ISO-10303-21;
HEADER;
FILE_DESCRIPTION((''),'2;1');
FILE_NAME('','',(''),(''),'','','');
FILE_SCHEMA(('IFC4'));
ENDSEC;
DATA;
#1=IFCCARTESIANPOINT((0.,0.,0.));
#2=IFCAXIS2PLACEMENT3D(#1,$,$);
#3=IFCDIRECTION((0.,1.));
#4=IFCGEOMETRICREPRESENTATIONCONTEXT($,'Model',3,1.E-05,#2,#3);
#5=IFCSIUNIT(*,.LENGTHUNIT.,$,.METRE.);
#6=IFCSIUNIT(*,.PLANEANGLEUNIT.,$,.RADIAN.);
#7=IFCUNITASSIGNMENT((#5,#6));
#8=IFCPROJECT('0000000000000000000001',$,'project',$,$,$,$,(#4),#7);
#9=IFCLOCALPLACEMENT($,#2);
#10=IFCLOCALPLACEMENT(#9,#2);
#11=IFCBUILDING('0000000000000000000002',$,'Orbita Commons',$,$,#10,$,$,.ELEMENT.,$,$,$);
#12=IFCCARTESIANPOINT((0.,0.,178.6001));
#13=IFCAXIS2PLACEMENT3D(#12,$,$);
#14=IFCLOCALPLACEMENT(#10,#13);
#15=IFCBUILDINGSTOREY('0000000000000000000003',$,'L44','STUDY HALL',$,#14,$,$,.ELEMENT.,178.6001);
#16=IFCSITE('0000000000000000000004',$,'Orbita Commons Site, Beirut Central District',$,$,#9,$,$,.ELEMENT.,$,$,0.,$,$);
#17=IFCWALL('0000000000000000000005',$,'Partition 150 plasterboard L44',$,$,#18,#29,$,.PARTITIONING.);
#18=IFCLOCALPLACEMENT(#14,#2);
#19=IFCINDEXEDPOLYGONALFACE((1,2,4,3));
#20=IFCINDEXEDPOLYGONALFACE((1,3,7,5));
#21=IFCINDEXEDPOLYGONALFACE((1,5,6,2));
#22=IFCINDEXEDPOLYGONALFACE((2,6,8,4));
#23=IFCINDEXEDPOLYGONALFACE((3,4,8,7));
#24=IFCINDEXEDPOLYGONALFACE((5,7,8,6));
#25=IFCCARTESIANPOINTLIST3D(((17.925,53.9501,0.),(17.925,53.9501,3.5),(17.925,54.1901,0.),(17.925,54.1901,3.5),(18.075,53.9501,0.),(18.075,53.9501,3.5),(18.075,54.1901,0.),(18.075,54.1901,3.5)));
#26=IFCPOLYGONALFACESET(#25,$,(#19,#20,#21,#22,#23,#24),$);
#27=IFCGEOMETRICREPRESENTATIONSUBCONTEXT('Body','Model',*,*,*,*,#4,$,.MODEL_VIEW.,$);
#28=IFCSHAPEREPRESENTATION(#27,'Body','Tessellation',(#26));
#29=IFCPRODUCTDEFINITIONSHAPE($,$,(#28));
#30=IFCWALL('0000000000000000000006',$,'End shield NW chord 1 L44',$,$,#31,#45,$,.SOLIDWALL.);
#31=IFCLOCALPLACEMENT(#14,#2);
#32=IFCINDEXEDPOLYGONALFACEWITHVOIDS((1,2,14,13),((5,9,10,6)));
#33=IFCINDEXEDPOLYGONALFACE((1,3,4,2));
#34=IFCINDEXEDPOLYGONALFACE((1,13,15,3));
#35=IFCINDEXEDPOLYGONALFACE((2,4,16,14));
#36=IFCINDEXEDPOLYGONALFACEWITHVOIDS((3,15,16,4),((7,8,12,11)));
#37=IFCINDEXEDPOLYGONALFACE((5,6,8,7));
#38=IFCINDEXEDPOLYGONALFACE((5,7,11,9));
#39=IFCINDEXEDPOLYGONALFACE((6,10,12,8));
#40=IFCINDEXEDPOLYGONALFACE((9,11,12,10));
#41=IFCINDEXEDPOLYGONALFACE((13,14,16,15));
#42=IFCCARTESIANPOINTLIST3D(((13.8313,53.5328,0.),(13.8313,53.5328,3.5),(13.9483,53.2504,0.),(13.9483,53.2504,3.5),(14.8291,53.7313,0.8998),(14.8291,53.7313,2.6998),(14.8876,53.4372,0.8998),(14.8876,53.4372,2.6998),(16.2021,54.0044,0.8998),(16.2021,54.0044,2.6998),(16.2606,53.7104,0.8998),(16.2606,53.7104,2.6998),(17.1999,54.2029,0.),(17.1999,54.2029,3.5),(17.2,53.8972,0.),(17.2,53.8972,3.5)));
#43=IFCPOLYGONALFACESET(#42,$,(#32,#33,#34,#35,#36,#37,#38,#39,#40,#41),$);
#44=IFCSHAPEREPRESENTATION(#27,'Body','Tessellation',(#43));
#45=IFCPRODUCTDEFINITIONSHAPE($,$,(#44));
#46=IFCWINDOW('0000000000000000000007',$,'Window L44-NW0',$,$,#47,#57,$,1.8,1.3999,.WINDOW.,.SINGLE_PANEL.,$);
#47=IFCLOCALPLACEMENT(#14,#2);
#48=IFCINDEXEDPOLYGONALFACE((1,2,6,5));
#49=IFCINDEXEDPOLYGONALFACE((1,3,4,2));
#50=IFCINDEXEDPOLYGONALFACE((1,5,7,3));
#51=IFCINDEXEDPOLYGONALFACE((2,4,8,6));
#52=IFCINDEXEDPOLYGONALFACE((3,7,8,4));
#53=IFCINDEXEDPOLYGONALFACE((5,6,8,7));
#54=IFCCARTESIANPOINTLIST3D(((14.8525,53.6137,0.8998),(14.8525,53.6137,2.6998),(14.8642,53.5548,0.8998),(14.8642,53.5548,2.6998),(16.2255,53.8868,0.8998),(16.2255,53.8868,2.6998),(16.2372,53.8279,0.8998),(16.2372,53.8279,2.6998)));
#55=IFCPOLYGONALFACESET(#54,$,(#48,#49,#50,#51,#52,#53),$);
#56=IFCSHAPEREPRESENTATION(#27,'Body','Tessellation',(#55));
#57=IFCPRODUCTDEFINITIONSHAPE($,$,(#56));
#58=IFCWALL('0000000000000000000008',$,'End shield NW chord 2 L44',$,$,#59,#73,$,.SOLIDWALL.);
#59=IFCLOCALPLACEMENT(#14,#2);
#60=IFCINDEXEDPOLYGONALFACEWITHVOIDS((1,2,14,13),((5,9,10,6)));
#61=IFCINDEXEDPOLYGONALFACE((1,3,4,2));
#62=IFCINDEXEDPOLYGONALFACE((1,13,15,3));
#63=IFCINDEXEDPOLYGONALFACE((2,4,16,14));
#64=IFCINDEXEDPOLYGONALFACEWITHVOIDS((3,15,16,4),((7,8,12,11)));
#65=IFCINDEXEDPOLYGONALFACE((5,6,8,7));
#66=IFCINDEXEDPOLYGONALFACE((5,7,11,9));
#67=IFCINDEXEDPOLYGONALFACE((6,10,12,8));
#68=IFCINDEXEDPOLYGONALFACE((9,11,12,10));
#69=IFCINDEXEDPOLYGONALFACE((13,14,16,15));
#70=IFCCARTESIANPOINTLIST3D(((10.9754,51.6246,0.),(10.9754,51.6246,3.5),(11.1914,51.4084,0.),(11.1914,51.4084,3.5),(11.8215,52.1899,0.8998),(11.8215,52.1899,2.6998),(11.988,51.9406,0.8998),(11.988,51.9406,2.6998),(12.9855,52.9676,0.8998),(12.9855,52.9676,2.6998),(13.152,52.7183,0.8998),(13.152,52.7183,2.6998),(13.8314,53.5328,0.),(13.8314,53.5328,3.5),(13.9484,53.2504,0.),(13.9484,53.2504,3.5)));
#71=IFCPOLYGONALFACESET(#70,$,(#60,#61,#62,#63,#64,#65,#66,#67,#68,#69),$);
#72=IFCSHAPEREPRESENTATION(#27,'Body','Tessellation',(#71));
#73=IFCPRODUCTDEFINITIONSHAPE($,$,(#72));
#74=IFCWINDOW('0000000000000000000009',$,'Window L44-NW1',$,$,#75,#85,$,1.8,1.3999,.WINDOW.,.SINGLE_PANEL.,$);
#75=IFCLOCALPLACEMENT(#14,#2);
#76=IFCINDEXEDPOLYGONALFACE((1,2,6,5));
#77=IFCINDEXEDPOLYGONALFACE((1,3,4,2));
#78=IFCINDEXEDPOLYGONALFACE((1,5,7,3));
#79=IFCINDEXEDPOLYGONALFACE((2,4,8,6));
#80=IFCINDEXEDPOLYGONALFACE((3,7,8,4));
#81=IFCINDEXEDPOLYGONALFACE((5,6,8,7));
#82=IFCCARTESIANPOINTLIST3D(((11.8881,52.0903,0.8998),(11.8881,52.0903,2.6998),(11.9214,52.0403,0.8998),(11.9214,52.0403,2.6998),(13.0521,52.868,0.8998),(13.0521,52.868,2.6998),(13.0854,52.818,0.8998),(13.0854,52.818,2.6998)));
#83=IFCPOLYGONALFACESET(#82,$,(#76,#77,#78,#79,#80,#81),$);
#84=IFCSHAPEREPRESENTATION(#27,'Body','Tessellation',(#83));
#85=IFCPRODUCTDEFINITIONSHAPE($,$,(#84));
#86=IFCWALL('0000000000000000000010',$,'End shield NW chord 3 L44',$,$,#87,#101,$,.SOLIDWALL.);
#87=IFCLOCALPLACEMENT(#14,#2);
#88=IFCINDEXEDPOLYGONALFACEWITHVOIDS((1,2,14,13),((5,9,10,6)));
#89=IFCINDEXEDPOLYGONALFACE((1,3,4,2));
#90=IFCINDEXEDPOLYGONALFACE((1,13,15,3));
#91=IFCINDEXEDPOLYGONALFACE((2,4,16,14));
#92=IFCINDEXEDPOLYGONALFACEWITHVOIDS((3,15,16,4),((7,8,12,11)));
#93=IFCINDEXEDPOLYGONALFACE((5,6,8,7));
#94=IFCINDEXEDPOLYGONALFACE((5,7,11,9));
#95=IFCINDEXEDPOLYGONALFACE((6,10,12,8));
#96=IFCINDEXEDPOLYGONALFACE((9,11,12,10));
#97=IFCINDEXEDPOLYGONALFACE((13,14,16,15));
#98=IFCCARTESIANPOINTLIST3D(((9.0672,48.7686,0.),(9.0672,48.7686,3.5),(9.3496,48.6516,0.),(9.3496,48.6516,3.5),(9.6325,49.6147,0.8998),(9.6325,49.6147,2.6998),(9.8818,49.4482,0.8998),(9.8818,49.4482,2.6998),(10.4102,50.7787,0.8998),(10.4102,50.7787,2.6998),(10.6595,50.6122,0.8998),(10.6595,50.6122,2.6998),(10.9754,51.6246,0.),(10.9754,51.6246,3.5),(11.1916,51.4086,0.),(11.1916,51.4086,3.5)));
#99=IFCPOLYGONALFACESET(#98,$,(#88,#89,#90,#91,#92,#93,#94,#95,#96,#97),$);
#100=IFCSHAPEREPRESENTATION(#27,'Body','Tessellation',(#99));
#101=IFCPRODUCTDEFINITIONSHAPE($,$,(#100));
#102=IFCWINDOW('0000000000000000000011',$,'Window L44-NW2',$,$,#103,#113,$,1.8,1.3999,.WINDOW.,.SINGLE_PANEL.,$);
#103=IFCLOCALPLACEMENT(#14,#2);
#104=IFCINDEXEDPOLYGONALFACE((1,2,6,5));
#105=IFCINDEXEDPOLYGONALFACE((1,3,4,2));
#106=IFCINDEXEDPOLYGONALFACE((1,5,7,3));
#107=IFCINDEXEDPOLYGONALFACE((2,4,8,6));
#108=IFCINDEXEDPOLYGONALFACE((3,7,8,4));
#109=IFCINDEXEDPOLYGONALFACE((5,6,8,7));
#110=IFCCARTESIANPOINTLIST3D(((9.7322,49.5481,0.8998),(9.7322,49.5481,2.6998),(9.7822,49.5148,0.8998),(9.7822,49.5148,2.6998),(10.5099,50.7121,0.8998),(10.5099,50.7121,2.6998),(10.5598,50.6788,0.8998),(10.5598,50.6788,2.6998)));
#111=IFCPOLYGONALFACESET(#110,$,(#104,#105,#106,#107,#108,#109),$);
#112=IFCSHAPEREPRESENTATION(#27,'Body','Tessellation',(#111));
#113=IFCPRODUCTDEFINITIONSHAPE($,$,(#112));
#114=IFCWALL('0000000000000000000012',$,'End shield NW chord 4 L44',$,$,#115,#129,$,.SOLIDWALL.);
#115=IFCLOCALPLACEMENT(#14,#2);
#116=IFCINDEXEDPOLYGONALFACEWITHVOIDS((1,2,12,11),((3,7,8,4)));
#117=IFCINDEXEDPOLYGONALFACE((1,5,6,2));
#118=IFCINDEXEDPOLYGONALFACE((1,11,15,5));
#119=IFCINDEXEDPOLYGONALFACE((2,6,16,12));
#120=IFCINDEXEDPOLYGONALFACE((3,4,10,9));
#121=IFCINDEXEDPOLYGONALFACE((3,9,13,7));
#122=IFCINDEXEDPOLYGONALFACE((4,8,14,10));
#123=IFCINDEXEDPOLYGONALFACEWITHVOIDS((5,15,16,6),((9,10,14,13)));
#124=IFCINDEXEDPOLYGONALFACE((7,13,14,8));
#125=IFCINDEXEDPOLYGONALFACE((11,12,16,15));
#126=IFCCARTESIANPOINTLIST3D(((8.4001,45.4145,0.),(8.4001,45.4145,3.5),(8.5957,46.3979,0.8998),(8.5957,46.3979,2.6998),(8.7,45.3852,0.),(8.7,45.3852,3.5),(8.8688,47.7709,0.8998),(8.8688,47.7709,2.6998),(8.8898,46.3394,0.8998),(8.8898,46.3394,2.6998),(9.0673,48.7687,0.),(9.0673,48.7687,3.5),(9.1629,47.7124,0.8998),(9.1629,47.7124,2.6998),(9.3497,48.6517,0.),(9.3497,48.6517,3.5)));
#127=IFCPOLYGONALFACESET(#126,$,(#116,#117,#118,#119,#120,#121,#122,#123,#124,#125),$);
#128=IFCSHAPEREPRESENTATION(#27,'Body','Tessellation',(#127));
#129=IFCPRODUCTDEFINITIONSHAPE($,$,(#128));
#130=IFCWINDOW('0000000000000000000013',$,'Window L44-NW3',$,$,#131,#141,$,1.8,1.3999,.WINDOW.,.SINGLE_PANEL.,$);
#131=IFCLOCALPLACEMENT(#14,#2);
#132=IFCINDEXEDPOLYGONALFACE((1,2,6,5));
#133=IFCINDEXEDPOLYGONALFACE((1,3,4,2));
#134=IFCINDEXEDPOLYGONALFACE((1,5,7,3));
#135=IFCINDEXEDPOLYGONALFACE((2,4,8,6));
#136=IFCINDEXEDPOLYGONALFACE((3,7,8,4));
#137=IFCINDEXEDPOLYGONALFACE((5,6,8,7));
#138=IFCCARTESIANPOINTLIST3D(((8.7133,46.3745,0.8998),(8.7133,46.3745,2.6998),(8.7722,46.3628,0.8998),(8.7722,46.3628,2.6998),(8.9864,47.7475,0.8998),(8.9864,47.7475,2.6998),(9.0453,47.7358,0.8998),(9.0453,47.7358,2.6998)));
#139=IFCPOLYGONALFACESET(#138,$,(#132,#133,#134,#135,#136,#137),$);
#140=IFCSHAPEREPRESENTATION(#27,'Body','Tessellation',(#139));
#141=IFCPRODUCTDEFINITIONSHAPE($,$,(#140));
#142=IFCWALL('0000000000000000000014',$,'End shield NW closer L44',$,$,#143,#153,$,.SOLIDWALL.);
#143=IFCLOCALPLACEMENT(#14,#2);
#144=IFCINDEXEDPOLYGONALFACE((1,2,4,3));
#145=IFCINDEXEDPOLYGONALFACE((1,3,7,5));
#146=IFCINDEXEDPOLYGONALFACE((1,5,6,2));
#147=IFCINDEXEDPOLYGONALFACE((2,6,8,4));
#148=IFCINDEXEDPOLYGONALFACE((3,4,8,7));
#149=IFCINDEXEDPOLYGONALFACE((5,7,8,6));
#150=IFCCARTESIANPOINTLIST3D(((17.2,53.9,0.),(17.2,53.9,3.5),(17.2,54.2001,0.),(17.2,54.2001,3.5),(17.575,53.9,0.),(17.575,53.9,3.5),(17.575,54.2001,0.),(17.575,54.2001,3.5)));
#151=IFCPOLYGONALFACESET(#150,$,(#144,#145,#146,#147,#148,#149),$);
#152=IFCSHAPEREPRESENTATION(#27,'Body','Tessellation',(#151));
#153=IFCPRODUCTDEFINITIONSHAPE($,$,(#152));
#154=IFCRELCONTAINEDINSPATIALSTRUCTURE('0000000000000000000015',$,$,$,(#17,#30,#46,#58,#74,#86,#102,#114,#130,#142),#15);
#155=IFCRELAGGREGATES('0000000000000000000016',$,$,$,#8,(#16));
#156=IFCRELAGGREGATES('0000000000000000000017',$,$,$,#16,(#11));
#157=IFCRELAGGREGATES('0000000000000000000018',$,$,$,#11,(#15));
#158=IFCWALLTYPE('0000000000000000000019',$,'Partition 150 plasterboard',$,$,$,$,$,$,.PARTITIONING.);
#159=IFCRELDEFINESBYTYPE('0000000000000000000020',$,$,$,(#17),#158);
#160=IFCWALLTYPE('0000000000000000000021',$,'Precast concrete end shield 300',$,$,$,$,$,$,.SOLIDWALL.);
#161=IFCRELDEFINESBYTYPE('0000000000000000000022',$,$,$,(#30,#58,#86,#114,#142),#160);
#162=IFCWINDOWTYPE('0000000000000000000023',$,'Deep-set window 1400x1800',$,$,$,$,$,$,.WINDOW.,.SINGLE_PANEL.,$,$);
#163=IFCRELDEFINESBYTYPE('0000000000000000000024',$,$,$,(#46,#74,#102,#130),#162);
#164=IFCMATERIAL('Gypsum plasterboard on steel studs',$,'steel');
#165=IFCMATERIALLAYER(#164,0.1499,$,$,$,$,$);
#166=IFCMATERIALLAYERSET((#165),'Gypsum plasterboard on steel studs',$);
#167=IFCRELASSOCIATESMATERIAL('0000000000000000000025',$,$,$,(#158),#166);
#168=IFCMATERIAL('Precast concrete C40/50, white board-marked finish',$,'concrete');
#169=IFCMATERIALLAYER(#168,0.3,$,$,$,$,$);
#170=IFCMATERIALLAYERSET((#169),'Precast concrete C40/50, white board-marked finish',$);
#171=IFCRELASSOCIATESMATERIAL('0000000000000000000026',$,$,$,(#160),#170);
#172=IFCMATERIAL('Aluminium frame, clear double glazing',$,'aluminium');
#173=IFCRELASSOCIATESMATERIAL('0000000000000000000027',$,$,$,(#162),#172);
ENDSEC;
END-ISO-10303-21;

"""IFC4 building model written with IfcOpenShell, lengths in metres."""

from ifc_helpers import new_model, si_unit, direction, frame, frame_2d, origin, place, context, subcontext, project, spatial, polyline, rectangle, outline, extrude, material, layer, layer_set, type_object, element, fill, save


model = new_model("IFC4")

# Units and contexts
model_context = context("Model", 3, precision=1e-05, world=origin(), true_north=direction((0.0, 1.0)))
body_context = subcontext(model_context, "Body", "Model", "MODEL_VIEW")
ifc_project = project(units=[si_unit("LENGTHUNIT", "METRE"), si_unit("PLANEANGLEUNIT", "RADIAN")], contexts=[model_context])

# Site, building, storey
site_placement = place(None, origin())
site = spatial("IfcSite", under=ifc_project, at=site_placement, Name="Orbita Commons Site, Beirut Central District", CompositionType="ELEMENT", RefElevation=0.0)
building_placement = place(site_placement, origin())
building = spatial("IfcBuilding", under=site, at=building_placement, Name="Orbita Commons", CompositionType="ELEMENT")
storey_placement = place(building_placement, frame((0.0, 0.0, 178.6001)))
storey = spatial("IfcBuildingStorey", under=building, at=storey_placement, Name="L44", Description="STUDY HALL", CompositionType="ELEMENT", Elevation=178.6001)

# Wall
ifc_material_1 = material(Name="Gypsum plasterboard on steel studs", Category="steel")
ifc_layer_1 = layer(ifc_material_1, 0.1499)
ifc_layer_set_1 = layer_set([ifc_layer_1], Name="Gypsum plasterboard on steel studs")
wall_type_1 = type_object("IfcWallType", Name="Partition 150 plasterboard", PredefinedType="PARTITIONING", material=ifc_layer_set_1)
wall_1_placement = place(storey_placement, frame((18.0, 53.95, 0.0), z_axis=(0.0, 0.0, 1.0), x_axis=(0.0, 1.0, 0.0)))
element("IfcWall", 1, at=wall_1_placement, inside=storey, type_object=wall_type_1, Name="Partition 150 plasterboard L44", PredefinedType="PARTITIONING", context=body_context, shape_type="SweptSolid", body=[
    extrude(rectangle(XDim=0.24, YDim=0.1499, at=frame_2d((0.1201, 0.0))), origin(), (0.0, 0.0, 1.0), 3.5),
])

# Walls, openings, windows
ifc_material_2 = material(Name="Precast concrete C40/50, white board-marked finish", Category="concrete")
ifc_layer_2 = layer(ifc_material_2, 0.3)
ifc_layer_set_2 = layer_set([ifc_layer_2], Name="Precast concrete C40/50, white board-marked finish")
wall_type_2 = type_object("IfcWallType", Name="Precast concrete end shield 300", PredefinedType="SOLIDWALL", material=ifc_layer_set_2)
wall_2_placement = place(storey_placement, frame((17.2, 54.05, 0.0), z_axis=(0.0, 0.0, 1.0), x_axis=(-0.980783, -0.1951, 0.0)))
wall_2 = element("IfcWall", 2, at=wall_2_placement, inside=storey, type_object=wall_type_2, Name="End shield NW chord 1 L44", PredefinedType="SOLIDWALL", context=body_context, shape_type="SweptSolid", body=[
    extrude(outline(polyline([(-0.0298, -0.1499), (3.4048, -0.1499), (3.3452, 0.1499), (0.0298, 0.1499), (-0.0298, -0.1499)])), origin(), (0.0, 0.0, 1.0), 3.5),
])
opening_1_placement = place(wall_2_placement, frame((0.9875, 0.0, 0.8999)))
opening_1 = element("IfcOpeningElement", 3, at=opening_1_placement, cuts=wall_2, PredefinedType="OPENING", context=body_context, shape_type="SweptSolid", body=[
    extrude(rectangle(XDim=1.3999, YDim=1.8, at=frame_2d((0.7, 0.8999))), frame((0.0, 0.1599, 0.0), z_axis=(0.0, -1.0, 0.0), x_axis=(1.0, 0.0, 0.0)), (0.0, 0.0, 1.0), 0.3201),
])
ifc_material_3 = material(Name="Aluminium frame, clear double glazing", Category="aluminium")
window_type = type_object("IfcWindowType", Name="Deep-set window 1400x1800", PartitioningType="SINGLE_PANEL", PredefinedType="WINDOW", material=ifc_material_3)
window_1_placement = place(opening_1_placement, origin())
window_1 = element("IfcWindow", 4, at=window_1_placement, inside=storey, type_object=window_type, Name="Window L44-NW0", OverallHeight=1.8, OverallWidth=1.3999, PartitioningType="SINGLE_PANEL", PredefinedType="WINDOW", context=body_context, shape_type="SweptSolid", body=[
    extrude(rectangle(XDim=1.3999, YDim=1.8, at=frame_2d((0.7, 0.8999))), frame((0.0, 0.03, 0.0), z_axis=(0.0, -1.0, 0.0), x_axis=(1.0, 0.0, 0.0)), (0.0, 0.0, 1.0), 0.0601),
])
fill(opening_1, window_1)
wall_3_placement = place(storey_placement, frame((13.8899, 53.3916, 0.0), z_axis=(0.0, 0.0, 1.0), x_axis=(-0.831493, -0.555535, 0.0)))
wall_3 = element("IfcWall", 5, at=wall_3_placement, inside=storey, type_object=wall_type_2, Name="End shield NW chord 2 L44", PredefinedType="SOLIDWALL", context=body_context, shape_type="SweptSolid", body=[
    extrude(outline(polyline([(-0.0298, -0.1499), (3.405, -0.1499), (3.3455, 0.1499), (0.0298, 0.1499), (-0.0298, -0.1499)])), origin(), (0.0, 0.0, 1.0), 3.5),
])
opening_2_placement = place(wall_3_placement, frame((0.9875, 0.0, 0.8999)))
opening_2 = element("IfcOpeningElement", 6, at=opening_2_placement, cuts=wall_3, PredefinedType="OPENING", context=body_context, shape_type="SweptSolid", body=[
    extrude(rectangle(XDim=1.3999, YDim=1.8, at=frame_2d((0.7, 0.8999))), frame((0.0, 0.1599, 0.0), z_axis=(0.0, -1.0, 0.0), x_axis=(1.0, 0.0, 0.0)), (0.0, 0.0, 1.0), 0.3201),
])
window_2_placement = place(opening_2_placement, origin())
window_2 = element("IfcWindow", 7, at=window_2_placement, inside=storey, type_object=window_type, Name="Window L44-NW1", OverallHeight=1.8, OverallWidth=1.3999, PartitioningType="SINGLE_PANEL", PredefinedType="WINDOW", context=body_context, shape_type="SweptSolid", body=[
    extrude(rectangle(XDim=1.3999, YDim=1.8, at=frame_2d((0.7, 0.8999))), frame((0.0, 0.03, 0.0), z_axis=(0.0, -1.0, 0.0), x_axis=(1.0, 0.0, 0.0)), (0.0, 0.0, 1.0), 0.0601),
])
fill(opening_2, window_2)
wall_4_placement = place(storey_placement, frame((11.0835, 51.5166, 0.0), z_axis=(0.0, 0.0, 1.0), x_axis=(-0.555535, -0.831493, 0.0)))
wall_4 = element("IfcWall", 8, at=wall_4_placement, inside=storey, type_object=wall_type_2, Name="End shield NW chord 3 L44", PredefinedType="SOLIDWALL", context=body_context, shape_type="SweptSolid", body=[
    extrude(outline(polyline([(-0.0298, -0.1499), (3.405, -0.1499), (3.3455, 0.1499), (0.0298, 0.1499), (-0.0298, -0.1499)])), origin(), (0.0, 0.0, 1.0), 3.5),
])
opening_3_placement = place(wall_4_placement, frame((0.9875, 0.0, 0.8999)))
opening_3 = element("IfcOpeningElement", 9, at=opening_3_placement, cuts=wall_4, PredefinedType="OPENING", context=body_context, shape_type="SweptSolid", body=[
    extrude(rectangle(XDim=1.3999, YDim=1.8, at=frame_2d((0.7, 0.8999))), frame((0.0, 0.1599, 0.0), z_axis=(0.0, -1.0, 0.0), x_axis=(1.0, 0.0, 0.0)), (0.0, 0.0, 1.0), 0.3201),
])
window_3_placement = place(opening_3_placement, origin())
window_3 = element("IfcWindow", 10, at=window_3_placement, inside=storey, type_object=window_type, Name="Window L44-NW2", OverallHeight=1.8, OverallWidth=1.3999, PartitioningType="SINGLE_PANEL", PredefinedType="WINDOW", context=body_context, shape_type="SweptSolid", body=[
    extrude(rectangle(XDim=1.3999, YDim=1.8, at=frame_2d((0.7, 0.8999))), frame((0.0, 0.03, 0.0), z_axis=(0.0, -1.0, 0.0), x_axis=(1.0, 0.0, 0.0)), (0.0, 0.0, 1.0), 0.0601),
])
fill(opening_3, window_3)
wall_5_placement = place(storey_placement, frame((9.2085, 48.7102, 0.0), z_axis=(0.0, 0.0, 1.0), x_axis=(-0.195087, -0.980786, 0.0)))
wall_5 = element("IfcWall", 11, at=wall_5_placement, inside=storey, type_object=wall_type_2, Name="End shield NW chord 4 L44", PredefinedType="SOLIDWALL", context=body_context, shape_type="SweptSolid", body=[
    extrude(outline(polyline([(-0.0298, -0.1499), (3.3901, -0.1499), (3.3604, 0.1499), (0.0298, 0.1499), (-0.0298, -0.1499)])), origin(), (0.0, 0.0, 1.0), 3.5),
])
opening_4_placement = place(wall_5_placement, frame((0.9875, 0.0, 0.8999)))
opening_4 = element("IfcOpeningElement", 12, at=opening_4_placement, cuts=wall_5, PredefinedType="OPENING", context=body_context, shape_type="SweptSolid", body=[
    extrude(rectangle(XDim=1.3999, YDim=1.8, at=frame_2d((0.7, 0.8999))), frame((0.0, 0.1599, 0.0), z_axis=(0.0, -1.0, 0.0), x_axis=(1.0, 0.0, 0.0)), (0.0, 0.0, 1.0), 0.3201),
])
window_4_placement = place(opening_4_placement, origin())
window_4 = element("IfcWindow", 13, at=window_4_placement, inside=storey, type_object=window_type, Name="Window L44-NW3", OverallHeight=1.8, OverallWidth=1.3999, PartitioningType="SINGLE_PANEL", PredefinedType="WINDOW", context=body_context, shape_type="SweptSolid", body=[
    extrude(rectangle(XDim=1.3999, YDim=1.8, at=frame_2d((0.7, 0.8999))), frame((0.0, 0.03, 0.0), z_axis=(0.0, -1.0, 0.0), x_axis=(1.0, 0.0, 0.0)), (0.0, 0.0, 1.0), 0.0601),
])
fill(opening_4, window_4)

# Wall
wall_6_placement = place(storey_placement, frame((17.2, 54.05, 0.0), z_axis=(0.0, 0.0, 1.0), x_axis=(1.0, 0.0, 0.0)))
element("IfcWall", 14, at=wall_6_placement, inside=storey, type_object=wall_type_2, Name="End shield NW closer L44", PredefinedType="SOLIDWALL", context=body_context, shape_type="SweptSolid", body=[
    extrude(rectangle(XDim=0.375, YDim=0.3, at=frame_2d((0.1875, 0.0))), origin(), (0.0, 0.0, 1.0), 3.5),
])

save(model, "model.ifc")
